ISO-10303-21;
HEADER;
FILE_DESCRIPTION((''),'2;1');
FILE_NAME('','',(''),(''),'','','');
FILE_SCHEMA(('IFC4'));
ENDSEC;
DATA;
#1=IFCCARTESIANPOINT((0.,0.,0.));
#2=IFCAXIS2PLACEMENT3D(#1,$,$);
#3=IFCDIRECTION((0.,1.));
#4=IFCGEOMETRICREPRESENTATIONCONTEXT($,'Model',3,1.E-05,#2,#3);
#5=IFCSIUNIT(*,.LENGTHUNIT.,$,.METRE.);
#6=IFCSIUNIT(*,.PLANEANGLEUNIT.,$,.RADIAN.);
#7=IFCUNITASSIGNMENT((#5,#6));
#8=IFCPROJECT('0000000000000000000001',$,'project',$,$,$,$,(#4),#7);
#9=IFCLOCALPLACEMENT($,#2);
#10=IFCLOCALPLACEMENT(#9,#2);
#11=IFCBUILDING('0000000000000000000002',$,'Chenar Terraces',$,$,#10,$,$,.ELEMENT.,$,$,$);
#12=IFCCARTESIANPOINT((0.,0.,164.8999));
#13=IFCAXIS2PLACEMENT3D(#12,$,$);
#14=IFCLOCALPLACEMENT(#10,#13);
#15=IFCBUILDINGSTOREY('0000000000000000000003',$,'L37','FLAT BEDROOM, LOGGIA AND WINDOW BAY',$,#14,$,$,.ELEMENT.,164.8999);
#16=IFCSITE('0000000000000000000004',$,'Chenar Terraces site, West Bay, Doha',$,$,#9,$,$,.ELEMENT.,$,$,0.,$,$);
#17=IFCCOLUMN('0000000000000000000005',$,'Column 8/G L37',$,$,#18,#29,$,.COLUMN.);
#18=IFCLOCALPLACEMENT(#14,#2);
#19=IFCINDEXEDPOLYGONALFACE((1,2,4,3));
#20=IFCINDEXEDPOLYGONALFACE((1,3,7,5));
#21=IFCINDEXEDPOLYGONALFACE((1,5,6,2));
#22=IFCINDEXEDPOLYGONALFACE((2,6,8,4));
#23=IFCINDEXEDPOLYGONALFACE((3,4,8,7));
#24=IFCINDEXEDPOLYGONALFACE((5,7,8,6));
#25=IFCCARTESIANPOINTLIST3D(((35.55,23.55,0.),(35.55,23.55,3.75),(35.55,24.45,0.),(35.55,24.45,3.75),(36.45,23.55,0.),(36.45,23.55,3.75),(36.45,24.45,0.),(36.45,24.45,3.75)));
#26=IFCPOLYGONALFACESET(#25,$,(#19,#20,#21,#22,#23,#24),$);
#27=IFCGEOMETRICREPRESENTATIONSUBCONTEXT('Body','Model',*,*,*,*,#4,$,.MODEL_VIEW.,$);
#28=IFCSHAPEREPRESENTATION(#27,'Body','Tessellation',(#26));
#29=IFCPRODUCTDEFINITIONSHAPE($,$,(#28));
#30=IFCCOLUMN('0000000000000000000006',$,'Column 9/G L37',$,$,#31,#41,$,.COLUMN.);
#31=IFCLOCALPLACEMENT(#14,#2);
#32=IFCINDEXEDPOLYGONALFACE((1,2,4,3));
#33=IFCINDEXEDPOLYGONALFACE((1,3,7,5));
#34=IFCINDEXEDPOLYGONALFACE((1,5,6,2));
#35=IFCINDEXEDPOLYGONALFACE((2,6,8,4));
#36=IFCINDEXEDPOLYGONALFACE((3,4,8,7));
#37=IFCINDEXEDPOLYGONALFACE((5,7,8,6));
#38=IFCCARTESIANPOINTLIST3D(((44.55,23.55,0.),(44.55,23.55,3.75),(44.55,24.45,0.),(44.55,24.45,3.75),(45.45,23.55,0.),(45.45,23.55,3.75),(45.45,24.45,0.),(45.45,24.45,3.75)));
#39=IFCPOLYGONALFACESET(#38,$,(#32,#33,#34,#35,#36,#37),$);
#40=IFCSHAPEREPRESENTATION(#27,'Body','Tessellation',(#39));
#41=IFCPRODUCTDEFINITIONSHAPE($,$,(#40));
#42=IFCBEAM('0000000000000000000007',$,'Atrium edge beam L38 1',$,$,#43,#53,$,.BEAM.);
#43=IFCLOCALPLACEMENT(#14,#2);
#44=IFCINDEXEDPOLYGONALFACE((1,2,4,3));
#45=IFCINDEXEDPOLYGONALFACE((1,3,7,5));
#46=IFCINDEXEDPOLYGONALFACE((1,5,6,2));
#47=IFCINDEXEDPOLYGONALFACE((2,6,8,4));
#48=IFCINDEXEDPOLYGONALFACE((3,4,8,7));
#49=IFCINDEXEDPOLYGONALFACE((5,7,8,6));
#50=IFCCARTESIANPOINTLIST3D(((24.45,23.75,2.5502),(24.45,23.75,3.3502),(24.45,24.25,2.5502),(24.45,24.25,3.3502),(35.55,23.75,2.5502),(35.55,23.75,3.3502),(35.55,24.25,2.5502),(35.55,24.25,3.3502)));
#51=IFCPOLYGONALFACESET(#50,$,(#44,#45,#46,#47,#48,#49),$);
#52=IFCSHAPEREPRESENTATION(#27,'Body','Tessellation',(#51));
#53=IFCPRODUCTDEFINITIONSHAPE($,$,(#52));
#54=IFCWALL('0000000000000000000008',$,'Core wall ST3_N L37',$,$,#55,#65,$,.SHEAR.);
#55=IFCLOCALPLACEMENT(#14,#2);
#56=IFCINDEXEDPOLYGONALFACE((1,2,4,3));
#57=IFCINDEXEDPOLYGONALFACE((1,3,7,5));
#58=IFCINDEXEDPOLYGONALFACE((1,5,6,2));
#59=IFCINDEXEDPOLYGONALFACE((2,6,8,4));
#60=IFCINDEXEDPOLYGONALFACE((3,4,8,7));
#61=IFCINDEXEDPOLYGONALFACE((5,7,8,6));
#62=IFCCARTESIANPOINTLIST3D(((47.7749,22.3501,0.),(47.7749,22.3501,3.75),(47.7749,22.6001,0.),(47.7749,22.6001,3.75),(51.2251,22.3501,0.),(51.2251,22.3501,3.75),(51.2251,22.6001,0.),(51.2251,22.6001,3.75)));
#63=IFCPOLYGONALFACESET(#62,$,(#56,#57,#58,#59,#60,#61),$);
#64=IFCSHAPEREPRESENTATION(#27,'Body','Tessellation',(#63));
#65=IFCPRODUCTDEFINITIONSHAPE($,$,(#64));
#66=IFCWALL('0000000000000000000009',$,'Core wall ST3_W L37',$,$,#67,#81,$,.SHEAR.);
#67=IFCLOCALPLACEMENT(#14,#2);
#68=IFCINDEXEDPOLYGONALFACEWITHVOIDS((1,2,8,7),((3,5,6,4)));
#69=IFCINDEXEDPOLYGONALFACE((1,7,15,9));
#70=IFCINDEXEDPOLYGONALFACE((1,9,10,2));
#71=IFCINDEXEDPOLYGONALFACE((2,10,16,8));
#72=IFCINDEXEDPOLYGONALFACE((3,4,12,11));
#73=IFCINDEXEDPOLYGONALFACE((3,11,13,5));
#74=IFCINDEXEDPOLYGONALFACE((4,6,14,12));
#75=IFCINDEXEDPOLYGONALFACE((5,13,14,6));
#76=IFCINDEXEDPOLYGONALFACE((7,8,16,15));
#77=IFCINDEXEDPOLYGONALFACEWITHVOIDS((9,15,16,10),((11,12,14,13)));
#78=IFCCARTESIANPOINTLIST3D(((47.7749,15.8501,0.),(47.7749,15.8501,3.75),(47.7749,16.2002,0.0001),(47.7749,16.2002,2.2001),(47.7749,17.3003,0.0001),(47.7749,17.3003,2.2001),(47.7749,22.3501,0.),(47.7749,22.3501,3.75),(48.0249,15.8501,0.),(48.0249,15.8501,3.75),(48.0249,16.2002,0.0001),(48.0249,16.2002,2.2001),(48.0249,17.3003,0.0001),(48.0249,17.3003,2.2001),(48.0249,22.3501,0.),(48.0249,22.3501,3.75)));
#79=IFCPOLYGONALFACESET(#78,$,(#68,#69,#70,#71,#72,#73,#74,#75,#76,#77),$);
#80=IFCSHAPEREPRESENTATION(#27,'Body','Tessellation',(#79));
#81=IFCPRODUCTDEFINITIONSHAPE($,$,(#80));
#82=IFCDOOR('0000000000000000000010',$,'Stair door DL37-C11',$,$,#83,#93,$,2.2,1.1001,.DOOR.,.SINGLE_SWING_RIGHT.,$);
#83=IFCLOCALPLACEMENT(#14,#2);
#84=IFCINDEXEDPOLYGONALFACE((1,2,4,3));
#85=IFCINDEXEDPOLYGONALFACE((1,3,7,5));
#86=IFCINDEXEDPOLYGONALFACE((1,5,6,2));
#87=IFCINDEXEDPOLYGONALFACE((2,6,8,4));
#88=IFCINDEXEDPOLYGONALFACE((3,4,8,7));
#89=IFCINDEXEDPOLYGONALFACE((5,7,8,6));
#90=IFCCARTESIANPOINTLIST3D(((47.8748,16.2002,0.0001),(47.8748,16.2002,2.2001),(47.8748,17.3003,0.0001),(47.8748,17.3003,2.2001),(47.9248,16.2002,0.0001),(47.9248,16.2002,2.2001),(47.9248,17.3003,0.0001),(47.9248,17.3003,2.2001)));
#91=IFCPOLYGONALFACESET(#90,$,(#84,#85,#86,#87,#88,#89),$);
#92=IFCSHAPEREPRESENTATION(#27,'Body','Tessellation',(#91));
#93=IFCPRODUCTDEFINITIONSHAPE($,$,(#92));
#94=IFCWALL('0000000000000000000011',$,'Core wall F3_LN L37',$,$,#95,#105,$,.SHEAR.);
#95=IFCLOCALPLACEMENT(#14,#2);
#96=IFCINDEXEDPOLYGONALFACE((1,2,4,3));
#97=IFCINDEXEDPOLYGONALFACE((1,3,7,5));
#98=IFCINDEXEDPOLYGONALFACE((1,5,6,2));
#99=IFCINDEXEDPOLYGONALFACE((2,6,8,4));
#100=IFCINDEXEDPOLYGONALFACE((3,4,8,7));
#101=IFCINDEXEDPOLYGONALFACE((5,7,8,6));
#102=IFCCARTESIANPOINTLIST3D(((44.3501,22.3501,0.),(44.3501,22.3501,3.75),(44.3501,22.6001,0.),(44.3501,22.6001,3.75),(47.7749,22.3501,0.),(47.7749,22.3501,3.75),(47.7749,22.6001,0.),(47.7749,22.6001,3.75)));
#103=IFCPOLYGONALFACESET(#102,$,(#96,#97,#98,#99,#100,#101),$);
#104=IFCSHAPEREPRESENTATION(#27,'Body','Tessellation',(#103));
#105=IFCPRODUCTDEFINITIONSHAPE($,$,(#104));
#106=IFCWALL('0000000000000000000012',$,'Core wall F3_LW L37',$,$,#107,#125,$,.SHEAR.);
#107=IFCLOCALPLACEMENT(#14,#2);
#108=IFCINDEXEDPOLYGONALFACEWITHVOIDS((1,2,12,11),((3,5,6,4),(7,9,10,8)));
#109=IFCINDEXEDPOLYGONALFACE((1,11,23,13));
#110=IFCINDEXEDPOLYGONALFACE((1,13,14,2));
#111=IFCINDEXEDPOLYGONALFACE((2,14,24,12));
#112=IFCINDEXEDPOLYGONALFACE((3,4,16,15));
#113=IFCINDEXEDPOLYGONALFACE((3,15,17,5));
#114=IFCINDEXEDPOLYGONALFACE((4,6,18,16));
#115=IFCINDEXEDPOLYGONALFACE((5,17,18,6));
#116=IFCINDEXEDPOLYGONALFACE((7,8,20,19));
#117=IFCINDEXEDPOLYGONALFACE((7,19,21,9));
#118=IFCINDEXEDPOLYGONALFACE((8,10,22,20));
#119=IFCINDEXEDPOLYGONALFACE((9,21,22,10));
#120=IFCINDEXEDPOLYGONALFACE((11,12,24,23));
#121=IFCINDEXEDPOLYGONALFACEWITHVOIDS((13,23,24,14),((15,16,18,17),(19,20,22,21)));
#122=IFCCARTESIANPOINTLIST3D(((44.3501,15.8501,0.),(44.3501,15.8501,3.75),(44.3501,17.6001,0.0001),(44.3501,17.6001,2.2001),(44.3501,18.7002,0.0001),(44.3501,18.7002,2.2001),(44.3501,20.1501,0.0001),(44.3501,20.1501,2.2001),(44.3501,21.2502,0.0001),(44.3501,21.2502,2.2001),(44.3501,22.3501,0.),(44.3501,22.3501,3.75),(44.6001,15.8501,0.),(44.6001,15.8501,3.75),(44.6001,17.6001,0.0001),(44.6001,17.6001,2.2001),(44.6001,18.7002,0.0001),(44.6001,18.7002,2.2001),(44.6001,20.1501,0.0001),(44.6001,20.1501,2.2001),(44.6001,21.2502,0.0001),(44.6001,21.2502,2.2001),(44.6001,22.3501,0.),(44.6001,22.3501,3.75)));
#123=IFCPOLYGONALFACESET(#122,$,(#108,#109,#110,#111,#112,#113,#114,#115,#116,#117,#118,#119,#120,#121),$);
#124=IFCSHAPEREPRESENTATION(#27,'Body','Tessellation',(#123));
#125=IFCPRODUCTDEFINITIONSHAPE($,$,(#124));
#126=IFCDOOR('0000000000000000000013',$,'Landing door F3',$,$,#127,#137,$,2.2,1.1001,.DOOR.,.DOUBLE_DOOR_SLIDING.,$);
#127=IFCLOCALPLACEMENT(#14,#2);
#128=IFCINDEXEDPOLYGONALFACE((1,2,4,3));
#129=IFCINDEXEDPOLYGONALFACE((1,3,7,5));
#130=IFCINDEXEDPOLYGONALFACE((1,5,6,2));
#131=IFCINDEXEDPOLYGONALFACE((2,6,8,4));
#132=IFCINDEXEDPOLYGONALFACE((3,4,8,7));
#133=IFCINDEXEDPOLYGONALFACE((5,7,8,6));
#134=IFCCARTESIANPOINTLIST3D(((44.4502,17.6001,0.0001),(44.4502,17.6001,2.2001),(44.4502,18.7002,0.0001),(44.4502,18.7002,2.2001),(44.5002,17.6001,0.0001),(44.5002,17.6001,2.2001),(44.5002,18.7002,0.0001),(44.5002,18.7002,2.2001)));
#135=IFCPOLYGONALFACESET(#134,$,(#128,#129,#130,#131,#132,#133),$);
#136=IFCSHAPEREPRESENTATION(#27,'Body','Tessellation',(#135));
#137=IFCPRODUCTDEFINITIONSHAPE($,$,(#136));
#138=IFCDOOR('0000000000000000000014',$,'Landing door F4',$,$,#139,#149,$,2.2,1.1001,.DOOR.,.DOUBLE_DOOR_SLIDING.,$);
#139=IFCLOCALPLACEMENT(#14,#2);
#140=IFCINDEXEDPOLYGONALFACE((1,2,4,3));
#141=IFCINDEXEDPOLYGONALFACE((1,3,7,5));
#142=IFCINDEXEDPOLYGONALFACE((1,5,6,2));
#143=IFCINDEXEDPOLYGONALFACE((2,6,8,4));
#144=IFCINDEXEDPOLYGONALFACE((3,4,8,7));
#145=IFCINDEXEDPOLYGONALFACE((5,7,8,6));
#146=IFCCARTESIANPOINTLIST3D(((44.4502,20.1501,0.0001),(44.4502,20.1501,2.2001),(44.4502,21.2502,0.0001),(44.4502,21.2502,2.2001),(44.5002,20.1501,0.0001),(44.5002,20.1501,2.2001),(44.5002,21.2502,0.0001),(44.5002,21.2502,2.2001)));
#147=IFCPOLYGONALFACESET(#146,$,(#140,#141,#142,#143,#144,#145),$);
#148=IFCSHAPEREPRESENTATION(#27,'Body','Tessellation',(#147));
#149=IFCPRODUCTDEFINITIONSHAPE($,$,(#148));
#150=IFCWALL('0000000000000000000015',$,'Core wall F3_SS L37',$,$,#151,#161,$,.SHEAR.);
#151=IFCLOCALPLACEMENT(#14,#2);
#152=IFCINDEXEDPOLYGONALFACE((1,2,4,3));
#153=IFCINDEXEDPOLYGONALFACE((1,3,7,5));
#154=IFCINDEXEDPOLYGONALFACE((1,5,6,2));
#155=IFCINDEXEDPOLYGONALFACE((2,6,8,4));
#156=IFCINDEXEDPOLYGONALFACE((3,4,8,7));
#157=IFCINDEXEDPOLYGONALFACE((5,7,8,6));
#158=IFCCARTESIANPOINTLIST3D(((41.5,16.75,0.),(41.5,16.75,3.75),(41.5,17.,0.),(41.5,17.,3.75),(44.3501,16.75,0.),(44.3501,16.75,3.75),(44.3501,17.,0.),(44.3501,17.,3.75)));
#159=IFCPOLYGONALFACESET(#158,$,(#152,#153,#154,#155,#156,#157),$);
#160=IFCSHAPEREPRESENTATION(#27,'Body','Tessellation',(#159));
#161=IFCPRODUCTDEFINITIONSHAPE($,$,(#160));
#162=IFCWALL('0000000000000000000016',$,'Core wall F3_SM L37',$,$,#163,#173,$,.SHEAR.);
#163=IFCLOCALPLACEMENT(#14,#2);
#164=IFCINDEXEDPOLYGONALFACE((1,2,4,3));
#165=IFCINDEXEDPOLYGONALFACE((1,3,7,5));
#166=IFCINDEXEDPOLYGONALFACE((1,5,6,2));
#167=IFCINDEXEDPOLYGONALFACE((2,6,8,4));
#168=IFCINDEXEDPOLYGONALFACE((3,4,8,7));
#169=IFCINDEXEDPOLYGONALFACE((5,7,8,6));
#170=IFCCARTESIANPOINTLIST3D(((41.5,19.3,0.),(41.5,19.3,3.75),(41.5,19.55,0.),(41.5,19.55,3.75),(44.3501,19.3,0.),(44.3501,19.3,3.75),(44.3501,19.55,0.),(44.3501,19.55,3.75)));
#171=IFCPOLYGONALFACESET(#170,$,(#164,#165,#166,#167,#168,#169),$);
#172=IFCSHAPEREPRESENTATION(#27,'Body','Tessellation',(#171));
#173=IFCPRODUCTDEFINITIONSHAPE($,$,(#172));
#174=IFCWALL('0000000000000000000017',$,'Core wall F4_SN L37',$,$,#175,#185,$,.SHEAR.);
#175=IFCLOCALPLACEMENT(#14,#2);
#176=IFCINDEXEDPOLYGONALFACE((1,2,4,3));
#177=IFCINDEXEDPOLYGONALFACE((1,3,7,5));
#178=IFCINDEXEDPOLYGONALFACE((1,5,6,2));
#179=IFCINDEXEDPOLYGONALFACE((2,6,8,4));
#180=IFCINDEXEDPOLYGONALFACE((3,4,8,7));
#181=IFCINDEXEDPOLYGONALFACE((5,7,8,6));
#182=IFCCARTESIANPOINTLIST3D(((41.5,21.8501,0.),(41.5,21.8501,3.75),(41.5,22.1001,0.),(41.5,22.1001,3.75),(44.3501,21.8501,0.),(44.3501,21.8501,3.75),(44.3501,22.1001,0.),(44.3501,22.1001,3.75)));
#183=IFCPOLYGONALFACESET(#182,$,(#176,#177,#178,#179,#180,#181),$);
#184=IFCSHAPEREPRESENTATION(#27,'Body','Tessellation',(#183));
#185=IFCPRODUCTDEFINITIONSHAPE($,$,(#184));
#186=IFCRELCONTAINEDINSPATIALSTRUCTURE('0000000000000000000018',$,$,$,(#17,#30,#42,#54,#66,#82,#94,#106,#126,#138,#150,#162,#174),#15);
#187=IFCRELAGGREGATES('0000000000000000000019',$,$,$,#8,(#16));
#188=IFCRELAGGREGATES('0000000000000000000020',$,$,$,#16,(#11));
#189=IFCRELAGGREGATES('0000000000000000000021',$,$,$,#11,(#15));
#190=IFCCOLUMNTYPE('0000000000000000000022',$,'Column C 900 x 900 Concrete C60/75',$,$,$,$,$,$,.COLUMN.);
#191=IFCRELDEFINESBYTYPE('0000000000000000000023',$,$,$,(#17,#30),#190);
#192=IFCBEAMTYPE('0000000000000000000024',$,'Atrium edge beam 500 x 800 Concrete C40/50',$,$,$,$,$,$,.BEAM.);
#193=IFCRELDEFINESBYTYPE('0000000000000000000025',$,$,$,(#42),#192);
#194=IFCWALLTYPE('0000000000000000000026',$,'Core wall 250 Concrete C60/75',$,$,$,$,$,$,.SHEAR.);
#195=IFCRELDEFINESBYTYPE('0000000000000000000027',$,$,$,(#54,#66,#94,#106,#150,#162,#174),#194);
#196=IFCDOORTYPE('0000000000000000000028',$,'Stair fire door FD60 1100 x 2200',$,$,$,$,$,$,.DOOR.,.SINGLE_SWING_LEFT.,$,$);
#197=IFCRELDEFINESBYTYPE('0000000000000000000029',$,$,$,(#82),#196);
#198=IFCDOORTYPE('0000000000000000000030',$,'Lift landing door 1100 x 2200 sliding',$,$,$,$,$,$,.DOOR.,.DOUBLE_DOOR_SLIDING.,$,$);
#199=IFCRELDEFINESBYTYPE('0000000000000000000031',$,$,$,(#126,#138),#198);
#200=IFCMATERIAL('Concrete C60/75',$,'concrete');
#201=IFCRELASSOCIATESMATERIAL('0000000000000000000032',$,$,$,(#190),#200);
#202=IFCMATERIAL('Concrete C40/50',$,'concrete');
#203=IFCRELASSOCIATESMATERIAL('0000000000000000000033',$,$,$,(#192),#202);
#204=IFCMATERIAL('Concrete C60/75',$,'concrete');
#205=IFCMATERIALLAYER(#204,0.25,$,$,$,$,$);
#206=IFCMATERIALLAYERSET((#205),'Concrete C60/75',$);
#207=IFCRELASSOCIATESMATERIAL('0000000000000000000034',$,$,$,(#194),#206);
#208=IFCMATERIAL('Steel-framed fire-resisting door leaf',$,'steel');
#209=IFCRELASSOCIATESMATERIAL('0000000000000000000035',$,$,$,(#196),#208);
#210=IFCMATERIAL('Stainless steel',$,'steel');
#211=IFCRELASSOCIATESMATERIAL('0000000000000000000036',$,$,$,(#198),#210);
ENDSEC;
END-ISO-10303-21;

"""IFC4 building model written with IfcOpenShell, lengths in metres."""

from ifc_helpers import new_model, si_unit, direction, frame, frame_2d, origin, origin_2d, place, context, subcontext, project, spatial, rectangle, extrude, material, layer, layer_set, material_profile, profile_set, type_object, element, fill, save


model = new_model("IFC4")

# Units and contexts
model_context = context("Model", 3, precision=1e-05, world=origin(), true_north=direction((0.0, 1.0)))
body_context = subcontext(model_context, "Body", "Model", "MODEL_VIEW")
ifc_project = project(units=[si_unit("LENGTHUNIT", "METRE"), si_unit("PLANEANGLEUNIT", "RADIAN")], contexts=[model_context])

# Site, building, storey
site_placement = place(None, origin())
site = spatial("IfcSite", under=ifc_project, at=site_placement, Name="Chenar Terraces site, West Bay, Doha", CompositionType="ELEMENT", RefElevation=0.0)
building_placement = place(site_placement, origin())
building = spatial("IfcBuilding", under=site, at=building_placement, Name="Chenar Terraces", CompositionType="ELEMENT")
storey_placement = place(building_placement, frame((0.0, 0.0, 164.8999)))
storey = spatial("IfcBuildingStorey", under=building, at=storey_placement, Name="L37", Description="FLAT BEDROOM, LOGGIA AND WINDOW BAY", CompositionType="ELEMENT", Elevation=164.8999)

# Columns
ifc_material_1 = material(Name="Concrete C60/75", Category="concrete")
ifc_material_profile_1 = material_profile(ifc_material_1, rectangle(XDim=0.8999, YDim=0.8999, at=origin_2d()), Name="C 900 x 900")
ifc_profile_set_1 = profile_set([ifc_material_profile_1], Name="Concrete C60/75")
column_type = type_object("IfcColumnType", Name="Column C 900 x 900 Concrete C60/75", PredefinedType="COLUMN", material=ifc_profile_set_1)
for number, where, z_axis, x_axis, name in (
    (1, (36.0, 24.0, 0.0), (0.0, 0.0, 1.0), (1.0, 0.0, 0.0), "Column 8/G L37"),
    (2, (45.0, 24.0, 0.0), (0.0, 0.0, 1.0), (1.0, 0.0, 0.0), "Column 9/G L37"),
):
    element("IfcColumn", number, at=place(storey_placement, frame(where, z_axis=z_axis, x_axis=x_axis)), inside=storey, type_object=column_type, Name=name, PredefinedType="COLUMN", context=body_context, shape_type="SweptSolid", body=[
        extrude(rectangle(XDim=0.8999, YDim=0.8999, at=origin_2d()), origin(), (0.0, 0.0, 1.0), 3.75),
    ])

# Beam
ifc_material_2 = material(Name="Concrete C40/50", Category="concrete")
ifc_material_profile_2 = material_profile(ifc_material_2, rectangle(XDim=0.5, YDim=0.8, at=origin_2d()), Name="RC 500 x 800")
ifc_profile_set_2 = profile_set([ifc_material_profile_2], Name="Concrete C40/50")
beam_type = type_object("IfcBeamType", Name="Atrium edge beam 500 x 800 Concrete C40/50", PredefinedType="BEAM", material=ifc_profile_set_2)
beam_placement = place(storey_placement, frame((24.45, 24.0, 2.9502), z_axis=(1.0, 0.0, 0.0), x_axis=(0.0, 1.0, 0.0)))
element("IfcBeam", 3, at=beam_placement, inside=storey, type_object=beam_type, Name="Atrium edge beam L38 1", PredefinedType="BEAM", context=body_context, shape_type="SweptSolid", body=[
    extrude(rectangle(XDim=0.5, YDim=0.8, at=origin_2d()), origin(), (0.0, 0.0, 1.0), 11.1001),
])

# Wall
ifc_material_3 = material(Name="Concrete C60/75", Category="concrete")
ifc_layer_1 = layer(ifc_material_3, 0.25)
ifc_layer_set_1 = layer_set([ifc_layer_1], Name="Concrete C60/75")
wall_type_1 = type_object("IfcWallType", Name="Core wall 250 Concrete C60/75", PredefinedType="SHEAR", material=ifc_layer_set_1)
wall_1_placement = place(storey_placement, frame((47.7749, 22.4751, 0.0), z_axis=(0.0, 0.0, 1.0), x_axis=(1.0, 0.0, 0.0)))
element("IfcWall", 4, at=wall_1_placement, inside=storey, type_object=wall_type_1, Name="Core wall ST3_N L37", PredefinedType="SHEAR", context=body_context, shape_type="SweptSolid", body=[
    extrude(rectangle(XDim=3.4502, YDim=0.25, at=frame_2d((1.7251, 0.0))), origin(), (0.0, 0.0, 1.0), 3.75),
])

# Wall, opening, door
wall_2_placement = place(storey_placement, frame((47.8999, 15.8501, 0.0), z_axis=(0.0, 0.0, 1.0), x_axis=(0.0, 1.0, 0.0)))
wall_2 = element("IfcWall", 5, at=wall_2_placement, inside=storey, type_object=wall_type_1, Name="Core wall ST3_W L37", PredefinedType="SHEAR", context=body_context, shape_type="SweptSolid", body=[
    extrude(rectangle(XDim=6.5, YDim=0.25, at=frame_2d((3.25, 0.0))), origin(), (0.0, 0.0, 1.0), 3.75),
])
opening_1_placement = place(wall_2_placement, frame((0.3501, 0.0, 0.0)))
opening_1 = element("IfcOpeningElement", 6, at=opening_1_placement, cuts=wall_2, PredefinedType="OPENING", context=body_context, shape_type="SweptSolid", body=[
    extrude(rectangle(XDim=1.1001, YDim=2.2, at=frame_2d((0.55, 1.1001))), frame((0.0, 0.135, 0.0), z_axis=(0.0, -1.0, 0.0), x_axis=(1.0, 0.0, 0.0)), (0.0, 0.0, 1.0), 0.27),
])
ifc_material_4 = material(Name="Steel-framed fire-resisting door leaf", Category="steel")
door_type_1 = type_object("IfcDoorType", Name="Stair fire door FD60 1100 x 2200", OperationType="SINGLE_SWING_LEFT", PredefinedType="DOOR", material=ifc_material_4)
door_1_placement = place(opening_1_placement, frame((1.1001, 0.0, 0.0), z_axis=(0.0, 0.0, 1.0), x_axis=(-1.0, 0.0, 0.0)))
door_1 = element("IfcDoor", 7, at=door_1_placement, inside=storey, type_object=door_type_1, Name="Stair door DL37-C11", OperationType="SINGLE_SWING_RIGHT", OverallHeight=2.2, OverallWidth=1.1001, PredefinedType="DOOR", context=body_context, shape_type="SweptSolid", body=[
    extrude(rectangle(XDim=1.1001, YDim=2.2, at=frame_2d((0.55, 1.1001))), frame((0.0, 0.0249, 0.0), z_axis=(0.0, -1.0, 0.0), x_axis=(1.0, 0.0, 0.0)), (0.0, 0.0, 1.0), 0.05),
])
fill(opening_1, door_1)

# Wall
wall_3_placement = place(storey_placement, frame((44.3501, 22.4751, 0.0), z_axis=(0.0, 0.0, 1.0), x_axis=(1.0, 0.0, 0.0)))
element("IfcWall", 8, at=wall_3_placement, inside=storey, type_object=wall_type_1, Name="Core wall F3_LN L37", PredefinedType="SHEAR", context=body_context, shape_type="SweptSolid", body=[
    extrude(rectangle(XDim=3.4248, YDim=0.25, at=frame_2d((1.7124, 0.0))), origin(), (0.0, 0.0, 1.0), 3.75),
])

# Wall, openings, doors
wall_4_placement = place(storey_placement, frame((44.4751, 15.8501, 0.0), z_axis=(0.0, 0.0, 1.0), x_axis=(0.0, 1.0, 0.0)))
wall_4 = element("IfcWall", 9, at=wall_4_placement, inside=storey, type_object=wall_type_1, Name="Core wall F3_LW L37", PredefinedType="SHEAR", context=body_context, shape_type="SweptSolid", body=[
    extrude(rectangle(XDim=6.5, YDim=0.25, at=frame_2d((3.25, 0.0))), origin(), (0.0, 0.0, 1.0), 3.75),
])
opening_2_placement = place(wall_4_placement, frame((1.75, 0.0, 0.0)))
opening_2 = element("IfcOpeningElement", 10, at=opening_2_placement, cuts=wall_4, PredefinedType="OPENING", context=body_context, shape_type="SweptSolid", body=[
    extrude(rectangle(XDim=1.1001, YDim=2.2, at=frame_2d((0.55, 1.1001))), frame((0.0, 0.135, 0.0), z_axis=(0.0, -1.0, 0.0), x_axis=(1.0, 0.0, 0.0)), (0.0, 0.0, 1.0), 0.27),
])
opening_3_placement = place(wall_4_placement, frame((4.3, 0.0, 0.0)))
opening_3 = element("IfcOpeningElement", 11, at=opening_3_placement, cuts=wall_4, PredefinedType="OPENING", context=body_context, shape_type="SweptSolid", body=[
    extrude(rectangle(XDim=1.1001, YDim=2.2, at=frame_2d((0.55, 1.1001))), frame((0.0, 0.135, 0.0), z_axis=(0.0, -1.0, 0.0), x_axis=(1.0, 0.0, 0.0)), (0.0, 0.0, 1.0), 0.27),
])
ifc_material_5 = material(Name="Stainless steel", Category="steel")
door_type_2 = type_object("IfcDoorType", Name="Lift landing door 1100 x 2200 sliding", OperationType="DOUBLE_DOOR_SLIDING", PredefinedType="DOOR", material=ifc_material_5)
door_2_placement = place(opening_2_placement, origin())
door_2 = element("IfcDoor", 12, at=door_2_placement, inside=storey, type_object=door_type_2, Name="Landing door F3", OperationType="DOUBLE_DOOR_SLIDING", OverallHeight=2.2, OverallWidth=1.1001, PredefinedType="DOOR", context=body_context, shape_type="SweptSolid", body=[
    extrude(rectangle(XDim=1.1001, YDim=2.2, at=frame_2d((0.55, 1.1001))), frame((0.0, 0.0249, 0.0), z_axis=(0.0, -1.0, 0.0), x_axis=(1.0, 0.0, 0.0)), (0.0, 0.0, 1.0), 0.05),
])
fill(opening_2, door_2)
door_3_placement = place(opening_3_placement, origin())
door_3 = element("IfcDoor", 13, at=door_3_placement, inside=storey, type_object=door_type_2, Name="Landing door F4", OperationType="DOUBLE_DOOR_SLIDING", OverallHeight=2.2, OverallWidth=1.1001, PredefinedType="DOOR", context=body_context, shape_type="SweptSolid", body=[
    extrude(rectangle(XDim=1.1001, YDim=2.2, at=frame_2d((0.55, 1.1001))), frame((0.0, 0.0249, 0.0), z_axis=(0.0, -1.0, 0.0), x_axis=(1.0, 0.0, 0.0)), (0.0, 0.0, 1.0), 0.05),
])
fill(opening_3, door_3)

# Walls
for number, where, z_axis, x_axis, name in (
    (14, (41.5, 16.875, 0.0), (0.0, 0.0, 1.0), (1.0, 0.0, 0.0), "Core wall F3_SS L37"),
    (15, (41.5, 19.425, 0.0), (0.0, 0.0, 1.0), (1.0, 0.0, 0.0), "Core wall F3_SM L37"),
    (16, (41.5, 21.9751, 0.0), (0.0, 0.0, 1.0), (1.0, 0.0, 0.0), "Core wall F4_SN L37"),
):
    element("IfcWall", number, at=place(storey_placement, frame(where, z_axis=z_axis, x_axis=x_axis)), inside=storey, type_object=wall_type_1, Name=name, PredefinedType="SHEAR", context=body_context, shape_type="SweptSolid", body=[
        extrude(rectangle(XDim=2.8501, YDim=0.25, at=frame_2d((1.425, 0.0))), origin(), (0.0, 0.0, 1.0), 3.75),
    ])

save(model, "model.ifc")
